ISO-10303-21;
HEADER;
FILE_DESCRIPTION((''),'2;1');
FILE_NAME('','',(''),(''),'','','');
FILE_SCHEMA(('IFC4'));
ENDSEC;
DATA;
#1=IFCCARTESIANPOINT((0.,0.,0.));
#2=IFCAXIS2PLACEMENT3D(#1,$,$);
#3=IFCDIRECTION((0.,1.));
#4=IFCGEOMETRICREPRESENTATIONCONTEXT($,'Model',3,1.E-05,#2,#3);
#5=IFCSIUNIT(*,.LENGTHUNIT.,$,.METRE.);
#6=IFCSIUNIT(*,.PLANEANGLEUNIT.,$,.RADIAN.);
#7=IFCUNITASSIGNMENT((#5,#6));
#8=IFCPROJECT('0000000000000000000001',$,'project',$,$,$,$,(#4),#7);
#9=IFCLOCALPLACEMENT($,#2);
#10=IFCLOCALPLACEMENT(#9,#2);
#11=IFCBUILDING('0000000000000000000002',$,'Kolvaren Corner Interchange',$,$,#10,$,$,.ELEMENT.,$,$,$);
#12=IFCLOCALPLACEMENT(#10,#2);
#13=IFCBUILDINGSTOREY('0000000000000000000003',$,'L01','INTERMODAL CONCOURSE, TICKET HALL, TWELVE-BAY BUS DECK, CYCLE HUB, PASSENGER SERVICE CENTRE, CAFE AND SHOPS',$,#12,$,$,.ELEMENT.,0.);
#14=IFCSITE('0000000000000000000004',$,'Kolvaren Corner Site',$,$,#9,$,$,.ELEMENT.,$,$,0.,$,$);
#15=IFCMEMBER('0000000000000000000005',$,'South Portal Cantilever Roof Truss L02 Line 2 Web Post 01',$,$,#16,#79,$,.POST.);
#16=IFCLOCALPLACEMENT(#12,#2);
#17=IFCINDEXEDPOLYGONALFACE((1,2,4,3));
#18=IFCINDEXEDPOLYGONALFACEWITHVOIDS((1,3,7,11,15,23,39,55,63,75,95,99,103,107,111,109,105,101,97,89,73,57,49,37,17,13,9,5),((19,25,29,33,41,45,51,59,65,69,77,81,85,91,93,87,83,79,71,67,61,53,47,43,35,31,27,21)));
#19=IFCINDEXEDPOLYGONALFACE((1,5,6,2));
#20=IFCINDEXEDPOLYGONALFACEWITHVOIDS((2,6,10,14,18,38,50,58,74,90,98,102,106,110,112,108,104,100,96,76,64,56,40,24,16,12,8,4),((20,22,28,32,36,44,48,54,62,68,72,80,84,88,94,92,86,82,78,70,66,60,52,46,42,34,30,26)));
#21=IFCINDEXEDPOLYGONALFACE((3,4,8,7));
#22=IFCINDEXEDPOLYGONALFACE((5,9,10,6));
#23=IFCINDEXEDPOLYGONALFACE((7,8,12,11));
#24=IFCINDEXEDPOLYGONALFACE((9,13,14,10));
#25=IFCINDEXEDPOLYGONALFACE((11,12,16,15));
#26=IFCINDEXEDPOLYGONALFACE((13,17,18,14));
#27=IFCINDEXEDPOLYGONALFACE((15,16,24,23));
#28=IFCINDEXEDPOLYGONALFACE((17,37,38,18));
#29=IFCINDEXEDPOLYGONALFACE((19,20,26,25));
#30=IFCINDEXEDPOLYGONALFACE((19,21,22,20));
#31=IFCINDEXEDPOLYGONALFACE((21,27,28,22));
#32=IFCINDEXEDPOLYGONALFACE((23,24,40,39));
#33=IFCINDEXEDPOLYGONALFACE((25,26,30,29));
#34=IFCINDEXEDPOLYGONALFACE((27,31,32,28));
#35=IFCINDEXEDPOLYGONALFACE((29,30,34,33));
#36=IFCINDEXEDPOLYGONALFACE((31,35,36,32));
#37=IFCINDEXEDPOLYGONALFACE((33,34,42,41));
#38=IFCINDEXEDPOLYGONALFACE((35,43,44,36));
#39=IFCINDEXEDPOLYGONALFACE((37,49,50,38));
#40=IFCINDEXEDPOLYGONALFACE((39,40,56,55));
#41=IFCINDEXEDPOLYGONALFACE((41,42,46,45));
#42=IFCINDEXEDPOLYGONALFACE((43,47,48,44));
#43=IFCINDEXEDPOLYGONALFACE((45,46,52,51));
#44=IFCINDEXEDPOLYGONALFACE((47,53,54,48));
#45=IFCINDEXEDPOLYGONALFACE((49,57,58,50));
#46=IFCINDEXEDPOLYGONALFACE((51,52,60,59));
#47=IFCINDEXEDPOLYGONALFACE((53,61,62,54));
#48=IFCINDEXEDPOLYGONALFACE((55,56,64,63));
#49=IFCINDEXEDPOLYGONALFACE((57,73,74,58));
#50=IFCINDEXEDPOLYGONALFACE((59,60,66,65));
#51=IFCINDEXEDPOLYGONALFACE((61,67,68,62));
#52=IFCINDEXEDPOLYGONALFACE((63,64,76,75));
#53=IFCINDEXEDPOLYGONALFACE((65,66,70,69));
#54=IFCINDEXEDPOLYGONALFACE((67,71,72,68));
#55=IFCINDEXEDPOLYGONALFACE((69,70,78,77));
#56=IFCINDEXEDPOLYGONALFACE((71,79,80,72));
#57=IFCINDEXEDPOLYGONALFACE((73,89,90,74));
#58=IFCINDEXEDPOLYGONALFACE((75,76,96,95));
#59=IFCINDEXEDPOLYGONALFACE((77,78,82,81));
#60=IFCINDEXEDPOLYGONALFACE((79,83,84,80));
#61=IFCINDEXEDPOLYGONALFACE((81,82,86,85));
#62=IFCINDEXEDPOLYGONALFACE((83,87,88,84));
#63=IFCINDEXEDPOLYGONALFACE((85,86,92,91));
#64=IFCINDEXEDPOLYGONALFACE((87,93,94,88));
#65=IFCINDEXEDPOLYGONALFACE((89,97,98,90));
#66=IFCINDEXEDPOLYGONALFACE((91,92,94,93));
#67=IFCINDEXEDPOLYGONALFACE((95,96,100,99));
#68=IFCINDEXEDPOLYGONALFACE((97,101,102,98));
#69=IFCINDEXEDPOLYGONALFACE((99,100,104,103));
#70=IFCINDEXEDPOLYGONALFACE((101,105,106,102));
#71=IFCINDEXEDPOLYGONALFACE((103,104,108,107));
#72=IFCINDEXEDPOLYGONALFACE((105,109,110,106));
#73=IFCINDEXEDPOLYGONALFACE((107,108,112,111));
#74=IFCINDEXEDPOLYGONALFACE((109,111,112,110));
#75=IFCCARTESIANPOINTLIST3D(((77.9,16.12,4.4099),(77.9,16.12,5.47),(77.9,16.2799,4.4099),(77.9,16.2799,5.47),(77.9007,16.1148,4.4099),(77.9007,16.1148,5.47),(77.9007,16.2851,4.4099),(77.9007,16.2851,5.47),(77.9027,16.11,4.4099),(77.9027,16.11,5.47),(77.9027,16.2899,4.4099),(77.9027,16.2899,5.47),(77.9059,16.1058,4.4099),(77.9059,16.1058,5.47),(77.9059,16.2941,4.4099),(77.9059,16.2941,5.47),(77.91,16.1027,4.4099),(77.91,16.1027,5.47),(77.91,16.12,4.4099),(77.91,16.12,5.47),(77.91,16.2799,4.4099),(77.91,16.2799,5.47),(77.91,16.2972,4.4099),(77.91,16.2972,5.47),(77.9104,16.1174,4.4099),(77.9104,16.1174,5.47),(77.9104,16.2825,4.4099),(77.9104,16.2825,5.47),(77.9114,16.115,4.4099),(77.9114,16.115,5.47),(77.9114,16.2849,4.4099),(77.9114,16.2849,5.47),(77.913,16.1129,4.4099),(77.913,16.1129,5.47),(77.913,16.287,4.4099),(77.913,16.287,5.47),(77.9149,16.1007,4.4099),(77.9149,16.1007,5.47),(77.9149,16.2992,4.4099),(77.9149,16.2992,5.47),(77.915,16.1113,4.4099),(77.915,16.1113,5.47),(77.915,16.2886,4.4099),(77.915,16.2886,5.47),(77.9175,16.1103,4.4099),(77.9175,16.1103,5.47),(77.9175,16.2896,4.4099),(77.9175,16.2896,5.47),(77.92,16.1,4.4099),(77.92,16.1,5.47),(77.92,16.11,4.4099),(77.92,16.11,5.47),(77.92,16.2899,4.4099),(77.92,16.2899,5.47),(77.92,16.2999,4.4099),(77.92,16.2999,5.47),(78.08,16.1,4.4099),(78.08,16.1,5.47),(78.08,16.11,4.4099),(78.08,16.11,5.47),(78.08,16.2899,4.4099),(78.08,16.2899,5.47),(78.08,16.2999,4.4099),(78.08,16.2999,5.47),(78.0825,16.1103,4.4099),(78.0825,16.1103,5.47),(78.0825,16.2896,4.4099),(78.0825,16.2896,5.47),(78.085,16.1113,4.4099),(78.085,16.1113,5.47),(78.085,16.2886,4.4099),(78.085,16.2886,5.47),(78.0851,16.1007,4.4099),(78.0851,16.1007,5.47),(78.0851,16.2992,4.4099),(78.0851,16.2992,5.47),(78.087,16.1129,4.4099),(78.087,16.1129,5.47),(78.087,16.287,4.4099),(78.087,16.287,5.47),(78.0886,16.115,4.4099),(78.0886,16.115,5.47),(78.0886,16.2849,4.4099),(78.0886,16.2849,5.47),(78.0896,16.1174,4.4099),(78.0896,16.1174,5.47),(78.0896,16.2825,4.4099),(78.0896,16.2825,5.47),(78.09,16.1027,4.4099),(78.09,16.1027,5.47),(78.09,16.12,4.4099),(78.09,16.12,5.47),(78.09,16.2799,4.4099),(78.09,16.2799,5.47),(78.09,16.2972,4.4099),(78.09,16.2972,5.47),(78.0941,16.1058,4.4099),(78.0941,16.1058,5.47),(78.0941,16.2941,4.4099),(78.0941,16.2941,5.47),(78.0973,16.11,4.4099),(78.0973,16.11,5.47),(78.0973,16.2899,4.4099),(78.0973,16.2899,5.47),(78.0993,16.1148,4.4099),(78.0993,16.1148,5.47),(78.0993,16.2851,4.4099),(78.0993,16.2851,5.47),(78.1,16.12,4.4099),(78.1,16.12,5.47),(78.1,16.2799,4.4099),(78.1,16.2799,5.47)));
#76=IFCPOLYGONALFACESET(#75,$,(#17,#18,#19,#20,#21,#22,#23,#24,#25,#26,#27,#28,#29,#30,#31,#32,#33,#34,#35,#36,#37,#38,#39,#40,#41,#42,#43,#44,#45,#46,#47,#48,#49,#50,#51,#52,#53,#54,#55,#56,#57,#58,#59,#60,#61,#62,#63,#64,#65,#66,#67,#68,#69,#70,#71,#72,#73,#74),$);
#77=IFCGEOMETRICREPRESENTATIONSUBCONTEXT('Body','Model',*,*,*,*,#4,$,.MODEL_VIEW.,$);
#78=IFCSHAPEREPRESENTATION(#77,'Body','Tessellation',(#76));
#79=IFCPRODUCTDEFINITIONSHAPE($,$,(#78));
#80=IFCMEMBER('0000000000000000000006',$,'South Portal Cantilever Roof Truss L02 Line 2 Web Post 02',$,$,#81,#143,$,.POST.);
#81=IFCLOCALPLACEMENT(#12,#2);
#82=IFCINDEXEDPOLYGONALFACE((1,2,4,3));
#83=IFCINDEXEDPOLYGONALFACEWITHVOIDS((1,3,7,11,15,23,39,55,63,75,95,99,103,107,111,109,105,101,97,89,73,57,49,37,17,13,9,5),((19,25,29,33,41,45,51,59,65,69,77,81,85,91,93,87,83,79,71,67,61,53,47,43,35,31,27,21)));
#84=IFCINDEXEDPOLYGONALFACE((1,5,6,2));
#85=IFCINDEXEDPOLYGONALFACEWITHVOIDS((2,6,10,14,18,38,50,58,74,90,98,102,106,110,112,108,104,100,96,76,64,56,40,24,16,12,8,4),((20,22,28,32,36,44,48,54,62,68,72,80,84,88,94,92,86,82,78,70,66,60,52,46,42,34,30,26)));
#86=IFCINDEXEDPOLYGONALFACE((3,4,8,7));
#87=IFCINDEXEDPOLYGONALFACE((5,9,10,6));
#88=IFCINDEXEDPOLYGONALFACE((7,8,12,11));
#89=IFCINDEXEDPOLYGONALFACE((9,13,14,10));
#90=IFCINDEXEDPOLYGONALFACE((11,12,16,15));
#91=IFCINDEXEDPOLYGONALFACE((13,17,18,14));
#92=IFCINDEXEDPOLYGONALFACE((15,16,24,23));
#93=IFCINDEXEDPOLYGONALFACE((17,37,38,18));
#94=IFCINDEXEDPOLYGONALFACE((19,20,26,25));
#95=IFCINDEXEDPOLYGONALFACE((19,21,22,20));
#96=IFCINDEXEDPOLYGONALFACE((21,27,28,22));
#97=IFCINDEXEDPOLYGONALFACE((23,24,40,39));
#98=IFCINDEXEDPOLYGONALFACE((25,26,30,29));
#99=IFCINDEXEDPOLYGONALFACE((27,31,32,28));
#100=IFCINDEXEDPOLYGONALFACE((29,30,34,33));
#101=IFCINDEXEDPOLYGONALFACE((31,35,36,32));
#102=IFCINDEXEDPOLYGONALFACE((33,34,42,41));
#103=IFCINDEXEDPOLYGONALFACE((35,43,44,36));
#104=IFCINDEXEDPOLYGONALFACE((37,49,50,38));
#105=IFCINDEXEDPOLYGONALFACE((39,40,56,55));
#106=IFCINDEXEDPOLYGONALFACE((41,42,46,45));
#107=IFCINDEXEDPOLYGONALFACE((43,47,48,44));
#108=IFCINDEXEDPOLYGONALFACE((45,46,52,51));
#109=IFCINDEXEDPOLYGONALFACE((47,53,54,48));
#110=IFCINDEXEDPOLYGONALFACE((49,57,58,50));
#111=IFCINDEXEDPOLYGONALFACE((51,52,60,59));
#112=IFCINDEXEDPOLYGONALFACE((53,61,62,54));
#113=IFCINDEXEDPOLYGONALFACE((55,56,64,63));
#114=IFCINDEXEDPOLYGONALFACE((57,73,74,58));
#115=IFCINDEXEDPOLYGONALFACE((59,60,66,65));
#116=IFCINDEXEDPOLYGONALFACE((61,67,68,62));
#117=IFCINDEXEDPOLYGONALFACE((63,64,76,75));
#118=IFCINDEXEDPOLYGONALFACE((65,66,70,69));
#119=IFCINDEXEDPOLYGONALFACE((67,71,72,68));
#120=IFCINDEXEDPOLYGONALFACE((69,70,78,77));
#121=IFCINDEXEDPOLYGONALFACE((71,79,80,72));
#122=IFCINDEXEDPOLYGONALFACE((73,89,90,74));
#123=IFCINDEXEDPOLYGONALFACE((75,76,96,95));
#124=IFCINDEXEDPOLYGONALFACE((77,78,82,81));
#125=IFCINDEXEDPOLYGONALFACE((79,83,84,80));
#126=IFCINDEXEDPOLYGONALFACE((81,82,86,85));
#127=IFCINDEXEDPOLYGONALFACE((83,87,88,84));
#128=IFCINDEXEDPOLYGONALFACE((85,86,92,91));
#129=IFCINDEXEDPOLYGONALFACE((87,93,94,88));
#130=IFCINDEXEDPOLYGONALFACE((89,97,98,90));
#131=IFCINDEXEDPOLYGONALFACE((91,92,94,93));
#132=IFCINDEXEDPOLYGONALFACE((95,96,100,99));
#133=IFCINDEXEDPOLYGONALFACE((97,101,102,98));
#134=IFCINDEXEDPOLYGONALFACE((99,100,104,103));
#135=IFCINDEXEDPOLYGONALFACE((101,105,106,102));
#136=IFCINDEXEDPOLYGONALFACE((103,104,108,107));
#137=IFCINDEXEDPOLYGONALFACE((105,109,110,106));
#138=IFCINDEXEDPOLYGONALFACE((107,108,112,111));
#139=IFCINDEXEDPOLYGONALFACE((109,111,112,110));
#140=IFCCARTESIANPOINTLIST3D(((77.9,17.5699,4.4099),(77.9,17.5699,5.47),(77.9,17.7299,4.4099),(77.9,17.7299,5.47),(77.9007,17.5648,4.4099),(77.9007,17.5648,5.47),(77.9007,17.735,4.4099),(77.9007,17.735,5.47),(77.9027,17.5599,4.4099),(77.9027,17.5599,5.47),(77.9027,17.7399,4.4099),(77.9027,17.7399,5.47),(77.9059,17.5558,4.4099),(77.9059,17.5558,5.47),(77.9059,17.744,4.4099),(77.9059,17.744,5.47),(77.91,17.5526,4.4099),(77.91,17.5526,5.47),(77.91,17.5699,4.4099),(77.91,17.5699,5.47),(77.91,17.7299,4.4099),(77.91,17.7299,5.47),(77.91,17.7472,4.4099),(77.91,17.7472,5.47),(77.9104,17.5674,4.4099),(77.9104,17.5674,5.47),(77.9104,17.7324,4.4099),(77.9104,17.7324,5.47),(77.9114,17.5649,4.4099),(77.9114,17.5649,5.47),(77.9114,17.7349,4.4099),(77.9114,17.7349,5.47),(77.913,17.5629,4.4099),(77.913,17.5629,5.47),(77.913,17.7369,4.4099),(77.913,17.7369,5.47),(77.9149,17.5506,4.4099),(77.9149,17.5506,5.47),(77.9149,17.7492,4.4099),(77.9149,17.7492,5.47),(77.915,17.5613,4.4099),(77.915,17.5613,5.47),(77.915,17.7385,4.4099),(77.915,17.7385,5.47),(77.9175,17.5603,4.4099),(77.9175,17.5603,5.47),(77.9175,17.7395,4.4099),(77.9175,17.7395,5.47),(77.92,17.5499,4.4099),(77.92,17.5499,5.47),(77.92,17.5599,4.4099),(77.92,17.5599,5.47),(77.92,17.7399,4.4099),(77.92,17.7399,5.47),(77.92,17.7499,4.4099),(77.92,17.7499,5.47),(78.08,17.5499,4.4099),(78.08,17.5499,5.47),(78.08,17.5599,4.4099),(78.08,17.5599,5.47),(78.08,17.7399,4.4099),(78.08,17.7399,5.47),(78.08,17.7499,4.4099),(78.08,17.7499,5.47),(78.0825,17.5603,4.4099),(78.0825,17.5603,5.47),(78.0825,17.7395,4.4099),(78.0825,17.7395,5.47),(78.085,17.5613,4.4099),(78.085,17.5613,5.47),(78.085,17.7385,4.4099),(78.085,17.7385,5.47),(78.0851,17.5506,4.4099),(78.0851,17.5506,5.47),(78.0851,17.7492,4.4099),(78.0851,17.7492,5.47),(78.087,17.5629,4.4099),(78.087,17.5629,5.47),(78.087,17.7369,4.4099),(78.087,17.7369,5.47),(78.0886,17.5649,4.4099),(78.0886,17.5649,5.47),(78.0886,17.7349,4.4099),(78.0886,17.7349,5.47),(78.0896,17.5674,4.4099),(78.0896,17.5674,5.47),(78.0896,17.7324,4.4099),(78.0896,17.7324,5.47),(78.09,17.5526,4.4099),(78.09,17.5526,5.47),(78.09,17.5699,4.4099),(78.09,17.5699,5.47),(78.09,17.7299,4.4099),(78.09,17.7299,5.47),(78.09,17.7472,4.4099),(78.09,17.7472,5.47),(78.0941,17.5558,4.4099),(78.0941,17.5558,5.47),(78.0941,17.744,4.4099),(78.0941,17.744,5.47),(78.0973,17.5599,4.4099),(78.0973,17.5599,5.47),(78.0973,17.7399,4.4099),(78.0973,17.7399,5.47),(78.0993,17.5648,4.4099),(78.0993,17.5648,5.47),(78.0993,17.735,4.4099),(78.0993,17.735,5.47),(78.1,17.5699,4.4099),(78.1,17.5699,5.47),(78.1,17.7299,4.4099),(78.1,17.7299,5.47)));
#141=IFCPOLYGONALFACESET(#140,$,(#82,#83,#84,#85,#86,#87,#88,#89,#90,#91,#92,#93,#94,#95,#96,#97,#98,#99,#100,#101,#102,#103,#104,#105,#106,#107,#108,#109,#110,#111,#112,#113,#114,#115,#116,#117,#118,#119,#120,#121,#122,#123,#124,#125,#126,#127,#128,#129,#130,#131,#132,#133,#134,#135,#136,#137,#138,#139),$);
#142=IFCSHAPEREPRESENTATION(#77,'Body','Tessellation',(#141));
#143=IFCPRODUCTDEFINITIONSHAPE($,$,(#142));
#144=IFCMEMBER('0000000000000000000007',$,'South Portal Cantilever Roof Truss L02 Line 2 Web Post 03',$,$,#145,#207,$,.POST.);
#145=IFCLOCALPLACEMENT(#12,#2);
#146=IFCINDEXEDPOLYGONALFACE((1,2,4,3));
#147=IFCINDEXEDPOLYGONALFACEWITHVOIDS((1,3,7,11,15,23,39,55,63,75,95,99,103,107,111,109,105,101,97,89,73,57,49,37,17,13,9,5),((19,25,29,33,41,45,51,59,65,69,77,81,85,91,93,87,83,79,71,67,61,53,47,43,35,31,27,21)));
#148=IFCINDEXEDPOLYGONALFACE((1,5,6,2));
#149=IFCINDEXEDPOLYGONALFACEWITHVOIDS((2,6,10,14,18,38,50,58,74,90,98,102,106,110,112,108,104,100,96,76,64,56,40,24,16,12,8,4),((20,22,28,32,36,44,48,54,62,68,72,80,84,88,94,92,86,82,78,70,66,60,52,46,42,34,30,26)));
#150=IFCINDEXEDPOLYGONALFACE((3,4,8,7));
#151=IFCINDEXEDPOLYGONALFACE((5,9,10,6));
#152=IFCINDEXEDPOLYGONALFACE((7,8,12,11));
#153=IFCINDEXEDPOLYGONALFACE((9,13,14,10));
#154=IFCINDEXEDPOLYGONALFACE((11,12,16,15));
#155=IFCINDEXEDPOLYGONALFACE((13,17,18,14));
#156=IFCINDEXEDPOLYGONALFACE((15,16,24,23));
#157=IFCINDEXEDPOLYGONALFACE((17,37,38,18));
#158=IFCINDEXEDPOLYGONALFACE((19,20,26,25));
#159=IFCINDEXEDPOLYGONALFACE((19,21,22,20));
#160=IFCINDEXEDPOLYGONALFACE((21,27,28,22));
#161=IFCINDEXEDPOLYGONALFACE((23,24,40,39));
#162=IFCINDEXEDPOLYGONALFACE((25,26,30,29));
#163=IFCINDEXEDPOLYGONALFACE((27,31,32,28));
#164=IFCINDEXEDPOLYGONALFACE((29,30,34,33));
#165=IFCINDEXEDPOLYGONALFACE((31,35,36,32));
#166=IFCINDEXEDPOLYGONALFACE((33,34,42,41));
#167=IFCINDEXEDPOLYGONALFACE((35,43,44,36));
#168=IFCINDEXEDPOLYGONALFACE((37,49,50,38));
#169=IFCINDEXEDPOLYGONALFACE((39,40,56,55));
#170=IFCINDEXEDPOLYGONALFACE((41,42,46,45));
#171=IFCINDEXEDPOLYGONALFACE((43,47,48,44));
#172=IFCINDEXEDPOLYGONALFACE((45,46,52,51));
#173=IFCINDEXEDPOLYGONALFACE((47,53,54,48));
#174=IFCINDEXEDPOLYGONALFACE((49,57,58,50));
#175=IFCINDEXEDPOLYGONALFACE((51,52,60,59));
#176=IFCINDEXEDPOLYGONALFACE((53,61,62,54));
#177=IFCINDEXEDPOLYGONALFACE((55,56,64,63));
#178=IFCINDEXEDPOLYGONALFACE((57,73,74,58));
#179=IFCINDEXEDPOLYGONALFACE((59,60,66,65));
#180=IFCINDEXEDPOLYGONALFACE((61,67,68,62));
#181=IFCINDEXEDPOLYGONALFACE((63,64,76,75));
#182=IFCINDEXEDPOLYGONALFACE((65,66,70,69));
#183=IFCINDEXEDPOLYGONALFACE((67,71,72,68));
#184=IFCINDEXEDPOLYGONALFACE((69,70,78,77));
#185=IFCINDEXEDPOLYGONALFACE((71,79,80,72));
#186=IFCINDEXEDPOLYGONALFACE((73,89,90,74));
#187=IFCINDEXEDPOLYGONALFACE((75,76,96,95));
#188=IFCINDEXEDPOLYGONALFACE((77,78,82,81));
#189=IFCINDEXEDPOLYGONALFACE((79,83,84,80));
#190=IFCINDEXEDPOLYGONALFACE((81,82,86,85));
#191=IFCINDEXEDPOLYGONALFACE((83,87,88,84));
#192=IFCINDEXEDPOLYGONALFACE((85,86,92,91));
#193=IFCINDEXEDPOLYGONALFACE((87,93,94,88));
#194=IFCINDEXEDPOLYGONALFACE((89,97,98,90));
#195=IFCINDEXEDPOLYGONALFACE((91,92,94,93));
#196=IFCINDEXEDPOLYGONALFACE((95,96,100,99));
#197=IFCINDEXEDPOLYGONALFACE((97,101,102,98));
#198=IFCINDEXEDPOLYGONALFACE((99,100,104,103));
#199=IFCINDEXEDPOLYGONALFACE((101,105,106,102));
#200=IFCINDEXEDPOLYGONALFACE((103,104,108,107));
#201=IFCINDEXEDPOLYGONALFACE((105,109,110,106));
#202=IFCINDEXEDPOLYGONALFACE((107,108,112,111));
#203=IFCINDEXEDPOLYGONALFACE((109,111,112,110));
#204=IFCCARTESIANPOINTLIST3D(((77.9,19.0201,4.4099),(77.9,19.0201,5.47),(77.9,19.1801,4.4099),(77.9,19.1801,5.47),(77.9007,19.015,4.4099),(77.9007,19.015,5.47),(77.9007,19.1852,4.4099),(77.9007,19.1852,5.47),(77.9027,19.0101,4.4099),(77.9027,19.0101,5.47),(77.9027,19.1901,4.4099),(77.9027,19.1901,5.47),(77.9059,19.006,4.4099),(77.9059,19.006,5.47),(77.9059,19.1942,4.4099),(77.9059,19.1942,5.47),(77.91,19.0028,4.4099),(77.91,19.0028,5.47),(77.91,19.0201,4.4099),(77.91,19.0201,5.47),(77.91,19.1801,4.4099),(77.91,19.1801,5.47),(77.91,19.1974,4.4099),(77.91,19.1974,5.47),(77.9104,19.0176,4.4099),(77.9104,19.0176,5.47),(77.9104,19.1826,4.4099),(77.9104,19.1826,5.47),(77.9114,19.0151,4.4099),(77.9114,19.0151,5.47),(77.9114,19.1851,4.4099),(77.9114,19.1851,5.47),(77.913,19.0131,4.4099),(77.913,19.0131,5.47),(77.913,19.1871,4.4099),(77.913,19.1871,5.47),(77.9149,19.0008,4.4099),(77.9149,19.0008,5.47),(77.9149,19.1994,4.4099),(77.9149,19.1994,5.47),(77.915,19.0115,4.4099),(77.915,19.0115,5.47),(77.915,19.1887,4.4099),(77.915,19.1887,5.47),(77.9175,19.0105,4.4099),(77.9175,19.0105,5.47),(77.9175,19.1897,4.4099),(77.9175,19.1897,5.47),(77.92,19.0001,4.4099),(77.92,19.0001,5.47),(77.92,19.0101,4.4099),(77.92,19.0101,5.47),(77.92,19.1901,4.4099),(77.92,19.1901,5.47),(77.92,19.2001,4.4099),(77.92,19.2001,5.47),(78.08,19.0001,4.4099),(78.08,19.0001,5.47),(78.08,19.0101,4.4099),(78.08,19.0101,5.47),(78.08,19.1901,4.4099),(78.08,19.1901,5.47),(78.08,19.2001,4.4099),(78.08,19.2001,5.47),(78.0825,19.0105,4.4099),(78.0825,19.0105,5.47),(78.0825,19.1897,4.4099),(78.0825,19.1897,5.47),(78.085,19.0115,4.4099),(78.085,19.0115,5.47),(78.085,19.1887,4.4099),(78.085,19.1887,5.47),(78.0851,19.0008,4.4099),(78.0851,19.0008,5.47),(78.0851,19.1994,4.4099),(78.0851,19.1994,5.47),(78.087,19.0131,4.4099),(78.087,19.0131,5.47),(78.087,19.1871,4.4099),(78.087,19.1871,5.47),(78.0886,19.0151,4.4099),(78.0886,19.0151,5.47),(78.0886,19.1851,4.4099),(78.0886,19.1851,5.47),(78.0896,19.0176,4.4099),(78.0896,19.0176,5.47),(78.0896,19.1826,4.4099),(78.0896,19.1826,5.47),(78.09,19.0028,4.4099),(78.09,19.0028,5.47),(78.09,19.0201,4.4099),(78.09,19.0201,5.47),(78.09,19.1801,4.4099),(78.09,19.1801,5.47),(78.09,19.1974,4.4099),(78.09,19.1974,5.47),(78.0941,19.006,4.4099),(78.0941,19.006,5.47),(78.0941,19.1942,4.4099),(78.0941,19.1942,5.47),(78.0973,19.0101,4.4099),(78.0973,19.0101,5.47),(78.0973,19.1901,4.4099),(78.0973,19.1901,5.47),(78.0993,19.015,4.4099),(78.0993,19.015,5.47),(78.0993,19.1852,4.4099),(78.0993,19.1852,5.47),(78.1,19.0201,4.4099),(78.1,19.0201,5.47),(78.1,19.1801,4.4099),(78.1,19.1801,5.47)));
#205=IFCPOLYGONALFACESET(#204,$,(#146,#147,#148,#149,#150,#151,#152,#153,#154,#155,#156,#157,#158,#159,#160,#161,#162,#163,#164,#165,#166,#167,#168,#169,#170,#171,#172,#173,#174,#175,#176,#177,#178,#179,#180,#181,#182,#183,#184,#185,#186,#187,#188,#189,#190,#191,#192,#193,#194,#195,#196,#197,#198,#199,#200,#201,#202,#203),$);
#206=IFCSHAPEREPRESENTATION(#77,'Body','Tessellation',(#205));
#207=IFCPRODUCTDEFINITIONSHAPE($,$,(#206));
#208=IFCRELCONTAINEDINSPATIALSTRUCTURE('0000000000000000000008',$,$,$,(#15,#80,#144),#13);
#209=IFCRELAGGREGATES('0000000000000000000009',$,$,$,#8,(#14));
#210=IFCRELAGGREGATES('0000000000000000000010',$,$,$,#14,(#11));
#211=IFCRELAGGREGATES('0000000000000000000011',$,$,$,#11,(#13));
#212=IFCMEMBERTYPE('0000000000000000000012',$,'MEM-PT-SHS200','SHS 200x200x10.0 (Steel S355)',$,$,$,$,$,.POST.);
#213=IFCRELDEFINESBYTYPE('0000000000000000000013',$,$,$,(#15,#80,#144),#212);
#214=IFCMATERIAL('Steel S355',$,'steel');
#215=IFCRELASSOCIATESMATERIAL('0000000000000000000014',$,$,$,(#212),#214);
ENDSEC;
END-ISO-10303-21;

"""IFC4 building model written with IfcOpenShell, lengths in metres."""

from ifc_helpers import new_model, si_unit, direction, frame, origin, origin_2d, place, context, subcontext, project, spatial, hollow_rectangle, extrude, material, material_profile, profile_set, type_object, element, save


model = new_model("IFC4")

# Units and contexts
model_context = context("Model", 3, precision=1e-05, world=origin(), true_north=direction((0.0, 1.0)))
body_context = subcontext(model_context, "Body", "Model", "MODEL_VIEW")
ifc_project = project(units=[si_unit("LENGTHUNIT", "METRE"), si_unit("PLANEANGLEUNIT", "RADIAN")], contexts=[model_context])

# Site, building, storey
site_placement = place(None, origin())
site = spatial("IfcSite", under=ifc_project, at=site_placement, Name="Kolvaren Corner Site", CompositionType="ELEMENT", RefElevation=0.0)
building_placement = place(site_placement, origin())
building = spatial("IfcBuilding", under=site, at=building_placement, Name="Kolvaren Corner Interchange", CompositionType="ELEMENT")
storey_placement = place(building_placement, origin())
storey = spatial("IfcBuildingStorey", under=building, at=storey_placement, Name="L01", Description="INTERMODAL CONCOURSE, TICKET HALL, TWELVE-BAY BUS DECK, CYCLE HUB, PASSENGER SERVICE CENTRE, CAFE AND SHOPS", CompositionType="ELEMENT", Elevation=0.0)

# Members
ifc_material_1 = material(Name="Steel S355", Category="steel")
ifc_material_profile_1 = material_profile(ifc_material_1, hollow_rectangle(XDim=0.2, YDim=0.2, WallThickness=0.01, InnerFilletRadius=0.01, OuterFilletRadius=0.02, at=origin_2d()), Name="SHS 200x200x10.0")
ifc_profile_set_1 = profile_set([ifc_material_profile_1], Name="Steel S355")
member_type_1 = type_object("IfcMemberType", Name="MEM-PT-SHS200", Description="SHS 200x200x10.0 (Steel S355)", PredefinedType="POST", material=ifc_profile_set_1)
for number, where, z_axis, x_axis, name in (
    (1, (78.0, 16.2, 4.4099), (0.0, 0.0, 1.0), (1.0, 0.0, 0.0), "South Portal Cantilever Roof Truss L02 Line 2 Web Post 01"),
    (2, (78.0, 17.6499, 4.4099), (0.0, 0.0, 1.0), (1.0, 0.0, 0.0), "South Portal Cantilever Roof Truss L02 Line 2 Web Post 02"),
    (3, (78.0, 19.1001, 4.4099), (0.0, 0.0, 1.0), (1.0, 0.0, 0.0), "South Portal Cantilever Roof Truss L02 Line 2 Web Post 03"),
):
    element("IfcMember", number, at=place(storey_placement, frame(where, z_axis=z_axis, x_axis=x_axis)), inside=storey, type_object=member_type_1, Name=name, PredefinedType="POST", context=body_context, shape_type="SweptSolid", body=[
        extrude(hollow_rectangle(XDim=0.2, YDim=0.2, WallThickness=0.01, InnerFilletRadius=0.01, OuterFilletRadius=0.02, at=origin_2d()), origin(), (0.0, 0.0, 1.0), 1.0601),
    ])

save(model, "model.ifc")
